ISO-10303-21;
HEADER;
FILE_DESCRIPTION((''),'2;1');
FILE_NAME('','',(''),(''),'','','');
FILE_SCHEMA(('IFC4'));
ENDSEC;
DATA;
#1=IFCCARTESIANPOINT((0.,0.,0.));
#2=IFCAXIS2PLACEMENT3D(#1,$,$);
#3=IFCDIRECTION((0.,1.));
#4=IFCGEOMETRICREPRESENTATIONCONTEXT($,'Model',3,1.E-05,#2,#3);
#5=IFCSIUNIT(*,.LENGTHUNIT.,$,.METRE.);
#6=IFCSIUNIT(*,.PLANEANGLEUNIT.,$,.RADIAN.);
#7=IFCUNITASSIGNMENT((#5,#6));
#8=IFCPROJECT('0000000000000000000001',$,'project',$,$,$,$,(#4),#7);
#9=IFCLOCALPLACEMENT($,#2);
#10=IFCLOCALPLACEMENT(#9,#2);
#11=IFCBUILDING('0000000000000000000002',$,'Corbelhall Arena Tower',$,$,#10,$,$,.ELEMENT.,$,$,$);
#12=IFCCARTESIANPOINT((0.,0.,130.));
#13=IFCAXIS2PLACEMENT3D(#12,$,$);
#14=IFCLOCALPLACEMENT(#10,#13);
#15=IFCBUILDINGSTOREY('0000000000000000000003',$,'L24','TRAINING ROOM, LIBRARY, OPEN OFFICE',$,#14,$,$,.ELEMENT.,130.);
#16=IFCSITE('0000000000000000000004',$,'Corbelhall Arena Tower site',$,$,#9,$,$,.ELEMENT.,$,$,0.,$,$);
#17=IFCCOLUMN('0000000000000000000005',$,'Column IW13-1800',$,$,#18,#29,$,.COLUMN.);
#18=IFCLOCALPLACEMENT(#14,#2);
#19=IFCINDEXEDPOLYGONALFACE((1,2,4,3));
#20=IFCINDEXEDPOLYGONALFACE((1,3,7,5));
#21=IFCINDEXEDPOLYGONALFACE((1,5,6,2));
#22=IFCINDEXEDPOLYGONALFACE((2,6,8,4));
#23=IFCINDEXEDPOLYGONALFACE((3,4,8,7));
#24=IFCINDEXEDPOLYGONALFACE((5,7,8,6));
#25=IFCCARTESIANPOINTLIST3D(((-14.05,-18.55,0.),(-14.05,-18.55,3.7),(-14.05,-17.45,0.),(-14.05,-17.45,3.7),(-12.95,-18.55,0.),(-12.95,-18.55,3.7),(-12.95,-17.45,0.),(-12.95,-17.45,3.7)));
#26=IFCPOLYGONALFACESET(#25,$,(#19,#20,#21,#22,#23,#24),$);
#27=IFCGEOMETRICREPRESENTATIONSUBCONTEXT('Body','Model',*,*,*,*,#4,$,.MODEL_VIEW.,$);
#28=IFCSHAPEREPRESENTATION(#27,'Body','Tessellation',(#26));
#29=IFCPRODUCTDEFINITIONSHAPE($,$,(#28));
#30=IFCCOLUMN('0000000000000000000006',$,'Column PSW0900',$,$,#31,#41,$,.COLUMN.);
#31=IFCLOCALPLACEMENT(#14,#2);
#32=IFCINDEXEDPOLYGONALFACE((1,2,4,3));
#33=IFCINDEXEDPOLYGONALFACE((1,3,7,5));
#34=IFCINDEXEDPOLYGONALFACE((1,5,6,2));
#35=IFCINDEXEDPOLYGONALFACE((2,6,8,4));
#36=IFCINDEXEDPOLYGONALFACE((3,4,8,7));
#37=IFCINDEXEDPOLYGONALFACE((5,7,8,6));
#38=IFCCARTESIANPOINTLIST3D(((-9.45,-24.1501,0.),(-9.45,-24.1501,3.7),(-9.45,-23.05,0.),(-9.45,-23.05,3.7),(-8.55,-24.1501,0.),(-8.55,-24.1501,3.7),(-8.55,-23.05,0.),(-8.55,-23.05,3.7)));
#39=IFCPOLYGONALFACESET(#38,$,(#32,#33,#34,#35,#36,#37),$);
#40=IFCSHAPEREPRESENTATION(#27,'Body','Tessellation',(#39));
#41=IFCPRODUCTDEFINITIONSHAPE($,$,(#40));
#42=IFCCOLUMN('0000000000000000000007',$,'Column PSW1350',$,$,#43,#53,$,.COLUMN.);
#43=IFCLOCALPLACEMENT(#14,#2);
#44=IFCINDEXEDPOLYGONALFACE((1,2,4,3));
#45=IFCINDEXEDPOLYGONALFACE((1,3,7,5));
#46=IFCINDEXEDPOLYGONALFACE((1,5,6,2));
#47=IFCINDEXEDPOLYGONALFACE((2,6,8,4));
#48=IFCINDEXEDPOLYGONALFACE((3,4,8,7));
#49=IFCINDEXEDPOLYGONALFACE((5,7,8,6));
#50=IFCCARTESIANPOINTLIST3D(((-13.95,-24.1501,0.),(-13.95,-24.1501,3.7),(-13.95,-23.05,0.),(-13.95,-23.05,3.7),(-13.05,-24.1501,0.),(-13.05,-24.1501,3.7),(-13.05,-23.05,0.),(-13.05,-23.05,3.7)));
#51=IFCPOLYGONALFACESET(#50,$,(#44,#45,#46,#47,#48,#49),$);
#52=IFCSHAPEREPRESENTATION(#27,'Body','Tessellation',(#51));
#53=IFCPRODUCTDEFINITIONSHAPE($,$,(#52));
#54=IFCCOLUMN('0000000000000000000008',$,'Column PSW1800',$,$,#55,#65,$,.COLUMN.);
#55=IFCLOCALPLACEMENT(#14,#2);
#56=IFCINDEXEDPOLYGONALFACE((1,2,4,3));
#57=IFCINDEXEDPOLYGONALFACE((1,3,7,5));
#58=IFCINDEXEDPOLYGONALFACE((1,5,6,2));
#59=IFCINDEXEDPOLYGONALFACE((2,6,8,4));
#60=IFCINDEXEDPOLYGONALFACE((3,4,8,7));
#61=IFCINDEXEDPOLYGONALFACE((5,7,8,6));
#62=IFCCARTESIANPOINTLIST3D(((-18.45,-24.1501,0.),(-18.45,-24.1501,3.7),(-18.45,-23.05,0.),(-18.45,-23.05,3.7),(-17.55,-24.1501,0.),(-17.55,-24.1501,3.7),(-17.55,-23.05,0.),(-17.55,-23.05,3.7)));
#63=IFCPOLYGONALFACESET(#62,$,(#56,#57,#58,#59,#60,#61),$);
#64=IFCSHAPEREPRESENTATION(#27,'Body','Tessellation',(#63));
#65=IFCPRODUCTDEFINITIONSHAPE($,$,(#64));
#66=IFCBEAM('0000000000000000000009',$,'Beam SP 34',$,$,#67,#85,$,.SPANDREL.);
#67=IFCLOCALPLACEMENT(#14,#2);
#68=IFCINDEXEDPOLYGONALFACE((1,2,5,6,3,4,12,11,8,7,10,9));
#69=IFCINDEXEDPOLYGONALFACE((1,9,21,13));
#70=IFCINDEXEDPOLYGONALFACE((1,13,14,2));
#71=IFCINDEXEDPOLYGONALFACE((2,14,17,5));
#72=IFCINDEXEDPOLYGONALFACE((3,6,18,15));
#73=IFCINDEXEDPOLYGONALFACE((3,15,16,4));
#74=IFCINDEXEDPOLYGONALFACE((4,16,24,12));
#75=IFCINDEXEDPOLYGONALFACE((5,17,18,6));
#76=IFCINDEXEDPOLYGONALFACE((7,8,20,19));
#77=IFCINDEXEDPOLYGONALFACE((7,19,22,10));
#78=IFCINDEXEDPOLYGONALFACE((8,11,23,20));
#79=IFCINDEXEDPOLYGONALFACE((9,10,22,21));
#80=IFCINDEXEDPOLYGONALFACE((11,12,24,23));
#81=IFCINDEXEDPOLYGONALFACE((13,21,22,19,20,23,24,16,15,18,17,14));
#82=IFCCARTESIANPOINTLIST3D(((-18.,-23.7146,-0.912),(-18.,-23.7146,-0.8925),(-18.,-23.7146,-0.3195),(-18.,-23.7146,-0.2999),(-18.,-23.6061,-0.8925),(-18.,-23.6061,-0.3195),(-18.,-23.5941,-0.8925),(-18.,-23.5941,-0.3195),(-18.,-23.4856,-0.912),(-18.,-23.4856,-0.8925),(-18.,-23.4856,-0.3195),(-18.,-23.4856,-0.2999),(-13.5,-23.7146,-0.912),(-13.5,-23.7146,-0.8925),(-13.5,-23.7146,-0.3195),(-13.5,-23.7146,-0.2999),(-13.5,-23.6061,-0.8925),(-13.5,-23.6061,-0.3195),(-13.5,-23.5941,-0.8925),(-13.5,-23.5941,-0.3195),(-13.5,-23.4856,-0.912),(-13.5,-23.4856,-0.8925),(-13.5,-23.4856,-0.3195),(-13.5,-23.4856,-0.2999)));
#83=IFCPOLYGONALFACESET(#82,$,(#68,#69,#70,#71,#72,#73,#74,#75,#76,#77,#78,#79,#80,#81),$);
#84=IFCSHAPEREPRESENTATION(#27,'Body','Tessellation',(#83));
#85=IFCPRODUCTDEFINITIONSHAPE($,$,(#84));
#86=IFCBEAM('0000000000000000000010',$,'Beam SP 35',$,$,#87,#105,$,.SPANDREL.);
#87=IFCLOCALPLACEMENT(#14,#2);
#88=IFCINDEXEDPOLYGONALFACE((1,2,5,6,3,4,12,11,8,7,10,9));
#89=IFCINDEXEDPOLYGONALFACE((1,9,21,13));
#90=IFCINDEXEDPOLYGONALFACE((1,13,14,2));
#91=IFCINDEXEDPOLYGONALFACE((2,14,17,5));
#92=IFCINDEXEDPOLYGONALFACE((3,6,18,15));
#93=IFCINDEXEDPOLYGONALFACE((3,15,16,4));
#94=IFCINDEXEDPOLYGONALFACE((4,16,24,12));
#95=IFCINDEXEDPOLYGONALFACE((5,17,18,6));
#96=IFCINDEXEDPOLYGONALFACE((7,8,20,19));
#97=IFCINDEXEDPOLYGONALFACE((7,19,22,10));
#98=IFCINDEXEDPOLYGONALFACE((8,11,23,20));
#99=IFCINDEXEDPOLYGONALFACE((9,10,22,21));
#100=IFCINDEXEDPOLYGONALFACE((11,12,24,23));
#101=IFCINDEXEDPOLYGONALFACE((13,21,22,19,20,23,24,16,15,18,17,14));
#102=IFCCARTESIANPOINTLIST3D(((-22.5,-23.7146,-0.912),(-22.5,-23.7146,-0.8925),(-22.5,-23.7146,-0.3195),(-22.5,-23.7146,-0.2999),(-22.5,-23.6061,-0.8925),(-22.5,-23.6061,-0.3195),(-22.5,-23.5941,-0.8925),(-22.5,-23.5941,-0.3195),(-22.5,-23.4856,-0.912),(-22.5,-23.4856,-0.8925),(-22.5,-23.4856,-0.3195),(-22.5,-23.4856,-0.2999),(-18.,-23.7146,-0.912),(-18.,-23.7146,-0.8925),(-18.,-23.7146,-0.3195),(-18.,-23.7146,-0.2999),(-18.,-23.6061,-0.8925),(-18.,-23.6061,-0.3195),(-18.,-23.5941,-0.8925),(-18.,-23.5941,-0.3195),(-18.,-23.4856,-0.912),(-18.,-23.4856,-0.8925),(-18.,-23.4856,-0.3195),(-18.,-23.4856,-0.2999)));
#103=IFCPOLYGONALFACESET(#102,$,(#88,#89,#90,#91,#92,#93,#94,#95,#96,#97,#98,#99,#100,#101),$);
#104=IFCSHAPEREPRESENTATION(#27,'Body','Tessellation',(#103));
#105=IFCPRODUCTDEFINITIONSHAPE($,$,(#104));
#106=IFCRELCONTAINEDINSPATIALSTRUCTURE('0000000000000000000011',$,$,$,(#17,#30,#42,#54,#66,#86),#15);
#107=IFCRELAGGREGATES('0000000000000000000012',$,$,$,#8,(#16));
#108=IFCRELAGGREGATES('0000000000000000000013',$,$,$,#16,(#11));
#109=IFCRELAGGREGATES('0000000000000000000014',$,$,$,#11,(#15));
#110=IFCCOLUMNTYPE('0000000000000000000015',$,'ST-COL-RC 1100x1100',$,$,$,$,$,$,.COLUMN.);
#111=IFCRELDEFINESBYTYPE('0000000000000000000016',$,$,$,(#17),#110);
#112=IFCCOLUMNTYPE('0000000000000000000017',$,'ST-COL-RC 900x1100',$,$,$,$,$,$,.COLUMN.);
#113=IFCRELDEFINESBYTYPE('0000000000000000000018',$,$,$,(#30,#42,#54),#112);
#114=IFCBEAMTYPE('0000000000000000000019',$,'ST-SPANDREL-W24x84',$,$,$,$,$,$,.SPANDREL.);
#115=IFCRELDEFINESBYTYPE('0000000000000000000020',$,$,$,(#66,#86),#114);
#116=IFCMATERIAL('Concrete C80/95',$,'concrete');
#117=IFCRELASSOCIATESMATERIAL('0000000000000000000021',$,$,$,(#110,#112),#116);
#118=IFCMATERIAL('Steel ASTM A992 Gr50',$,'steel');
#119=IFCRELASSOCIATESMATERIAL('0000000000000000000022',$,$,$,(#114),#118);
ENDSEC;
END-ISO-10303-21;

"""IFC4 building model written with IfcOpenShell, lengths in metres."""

from ifc_helpers import new_model, si_unit, direction, frame, origin, origin_2d, place, context, subcontext, project, spatial, rectangle, i_section, extrude, material, material_profile, profile_set, type_object, element, save


model = new_model("IFC4")

# Units and contexts
model_context = context("Model", 3, precision=1e-05, world=origin(), true_north=direction((0.0, 1.0)))
body_context = subcontext(model_context, "Body", "Model", "MODEL_VIEW")
ifc_project = project(units=[si_unit("LENGTHUNIT", "METRE"), si_unit("PLANEANGLEUNIT", "RADIAN")], contexts=[model_context])

# Site, building, storey
site_placement = place(None, origin())
site = spatial("IfcSite", under=ifc_project, at=site_placement, Name="Corbelhall Arena Tower site", CompositionType="ELEMENT", RefElevation=0.0)
building_placement = place(site_placement, origin())
building = spatial("IfcBuilding", under=site, at=building_placement, Name="Corbelhall Arena Tower", CompositionType="ELEMENT")
storey_placement = place(building_placement, frame((0.0, 0.0, 130.0)))
storey = spatial("IfcBuildingStorey", under=building, at=storey_placement, Name="L24", Description="TRAINING ROOM, LIBRARY, OPEN OFFICE", CompositionType="ELEMENT", Elevation=130.0)

# Columns
ifc_material_1 = material(Name="Concrete C80/95", Category="concrete")
ifc_material_profile_1 = material_profile(ifc_material_1, rectangle(XDim=1.1001, YDim=1.1001, at=origin_2d()))
ifc_profile_set_1 = profile_set([ifc_material_profile_1], Name="Concrete C80/95")
column_type_1 = type_object("IfcColumnType", Name="ST-COL-RC 1100x1100", PredefinedType="COLUMN", material=ifc_profile_set_1)
column_placement = place(storey_placement, frame((-13.5, -18.0, 0.0), z_axis=(0.0, 0.0, 1.0), x_axis=(1.0, 0.0, 0.0)))
element("IfcColumn", 1, at=column_placement, inside=storey, type_object=column_type_1, Name="Column IW13-1800", PredefinedType="COLUMN", context=body_context, shape_type="SweptSolid", body=[
    extrude(rectangle(XDim=1.1001, YDim=1.1001, at=origin_2d()), origin(), (0.0, 0.0, 1.0), 3.7),
])
ifc_material_profile_2 = material_profile(ifc_material_1, rectangle(XDim=0.8999, YDim=1.1001, at=origin_2d()))
ifc_profile_set_2 = profile_set([ifc_material_profile_2], Name="Concrete C80/95")
column_type_2 = type_object("IfcColumnType", Name="ST-COL-RC 900x1100", PredefinedType="COLUMN", material=ifc_profile_set_2)
for number, where, z_axis, x_axis, name in (
    (2, (-9.0, -23.6001, 0.0), (0.0, 0.0, 1.0), (1.0, 0.0, 0.0), "Column PSW0900"),
    (3, (-13.5, -23.6001, 0.0), (0.0, 0.0, 1.0), (1.0, 0.0, 0.0), "Column PSW1350"),
    (4, (-18.0, -23.6001, 0.0), (0.0, 0.0, 1.0), (1.0, 0.0, 0.0), "Column PSW1800"),
):
    element("IfcColumn", number, at=place(storey_placement, frame(where, z_axis=z_axis, x_axis=x_axis)), inside=storey, type_object=column_type_2, Name=name, PredefinedType="COLUMN", context=body_context, shape_type="SweptSolid", body=[
        extrude(rectangle(XDim=0.8999, YDim=1.1001, at=origin_2d()), origin(), (0.0, 0.0, 1.0), 3.7),
    ])

# Beams
ifc_material_2 = material(Name="Steel ASTM A992 Gr50", Category="steel")
ifc_material_profile_3 = material_profile(ifc_material_2, i_section(OverallWidth=0.229, OverallDepth=0.6121, WebThickness=0.012, FlangeThickness=0.0195, at=origin_2d()))
ifc_profile_set_3 = profile_set([ifc_material_profile_3], Name="Steel ASTM A992 Gr50")
beam_type = type_object("IfcBeamType", Name="ST-SPANDREL-W24x84", PredefinedType="SPANDREL", material=ifc_profile_set_3)
for number, where, z_axis, x_axis, name in (
    (5, (-13.5, -23.6001, -0.606), (-1.0, 0.0, 0.0), (0.0, -1.0, 0.0), "Beam SP 34"),
    (6, (-18.0, -23.6001, -0.606), (-1.0, 0.0, 0.0), (0.0, -1.0, 0.0), "Beam SP 35"),
):
    element("IfcBeam", number, at=place(storey_placement, frame(where, z_axis=z_axis, x_axis=x_axis)), inside=storey, type_object=beam_type, Name=name, PredefinedType="SPANDREL", context=body_context, shape_type="SweptSolid", body=[
        extrude(i_section(OverallWidth=0.229, OverallDepth=0.6121, WebThickness=0.012, FlangeThickness=0.0195, at=origin_2d()), origin(), (0.0, 0.0, 1.0), 4.5),
    ])

save(model, "model.ifc")
